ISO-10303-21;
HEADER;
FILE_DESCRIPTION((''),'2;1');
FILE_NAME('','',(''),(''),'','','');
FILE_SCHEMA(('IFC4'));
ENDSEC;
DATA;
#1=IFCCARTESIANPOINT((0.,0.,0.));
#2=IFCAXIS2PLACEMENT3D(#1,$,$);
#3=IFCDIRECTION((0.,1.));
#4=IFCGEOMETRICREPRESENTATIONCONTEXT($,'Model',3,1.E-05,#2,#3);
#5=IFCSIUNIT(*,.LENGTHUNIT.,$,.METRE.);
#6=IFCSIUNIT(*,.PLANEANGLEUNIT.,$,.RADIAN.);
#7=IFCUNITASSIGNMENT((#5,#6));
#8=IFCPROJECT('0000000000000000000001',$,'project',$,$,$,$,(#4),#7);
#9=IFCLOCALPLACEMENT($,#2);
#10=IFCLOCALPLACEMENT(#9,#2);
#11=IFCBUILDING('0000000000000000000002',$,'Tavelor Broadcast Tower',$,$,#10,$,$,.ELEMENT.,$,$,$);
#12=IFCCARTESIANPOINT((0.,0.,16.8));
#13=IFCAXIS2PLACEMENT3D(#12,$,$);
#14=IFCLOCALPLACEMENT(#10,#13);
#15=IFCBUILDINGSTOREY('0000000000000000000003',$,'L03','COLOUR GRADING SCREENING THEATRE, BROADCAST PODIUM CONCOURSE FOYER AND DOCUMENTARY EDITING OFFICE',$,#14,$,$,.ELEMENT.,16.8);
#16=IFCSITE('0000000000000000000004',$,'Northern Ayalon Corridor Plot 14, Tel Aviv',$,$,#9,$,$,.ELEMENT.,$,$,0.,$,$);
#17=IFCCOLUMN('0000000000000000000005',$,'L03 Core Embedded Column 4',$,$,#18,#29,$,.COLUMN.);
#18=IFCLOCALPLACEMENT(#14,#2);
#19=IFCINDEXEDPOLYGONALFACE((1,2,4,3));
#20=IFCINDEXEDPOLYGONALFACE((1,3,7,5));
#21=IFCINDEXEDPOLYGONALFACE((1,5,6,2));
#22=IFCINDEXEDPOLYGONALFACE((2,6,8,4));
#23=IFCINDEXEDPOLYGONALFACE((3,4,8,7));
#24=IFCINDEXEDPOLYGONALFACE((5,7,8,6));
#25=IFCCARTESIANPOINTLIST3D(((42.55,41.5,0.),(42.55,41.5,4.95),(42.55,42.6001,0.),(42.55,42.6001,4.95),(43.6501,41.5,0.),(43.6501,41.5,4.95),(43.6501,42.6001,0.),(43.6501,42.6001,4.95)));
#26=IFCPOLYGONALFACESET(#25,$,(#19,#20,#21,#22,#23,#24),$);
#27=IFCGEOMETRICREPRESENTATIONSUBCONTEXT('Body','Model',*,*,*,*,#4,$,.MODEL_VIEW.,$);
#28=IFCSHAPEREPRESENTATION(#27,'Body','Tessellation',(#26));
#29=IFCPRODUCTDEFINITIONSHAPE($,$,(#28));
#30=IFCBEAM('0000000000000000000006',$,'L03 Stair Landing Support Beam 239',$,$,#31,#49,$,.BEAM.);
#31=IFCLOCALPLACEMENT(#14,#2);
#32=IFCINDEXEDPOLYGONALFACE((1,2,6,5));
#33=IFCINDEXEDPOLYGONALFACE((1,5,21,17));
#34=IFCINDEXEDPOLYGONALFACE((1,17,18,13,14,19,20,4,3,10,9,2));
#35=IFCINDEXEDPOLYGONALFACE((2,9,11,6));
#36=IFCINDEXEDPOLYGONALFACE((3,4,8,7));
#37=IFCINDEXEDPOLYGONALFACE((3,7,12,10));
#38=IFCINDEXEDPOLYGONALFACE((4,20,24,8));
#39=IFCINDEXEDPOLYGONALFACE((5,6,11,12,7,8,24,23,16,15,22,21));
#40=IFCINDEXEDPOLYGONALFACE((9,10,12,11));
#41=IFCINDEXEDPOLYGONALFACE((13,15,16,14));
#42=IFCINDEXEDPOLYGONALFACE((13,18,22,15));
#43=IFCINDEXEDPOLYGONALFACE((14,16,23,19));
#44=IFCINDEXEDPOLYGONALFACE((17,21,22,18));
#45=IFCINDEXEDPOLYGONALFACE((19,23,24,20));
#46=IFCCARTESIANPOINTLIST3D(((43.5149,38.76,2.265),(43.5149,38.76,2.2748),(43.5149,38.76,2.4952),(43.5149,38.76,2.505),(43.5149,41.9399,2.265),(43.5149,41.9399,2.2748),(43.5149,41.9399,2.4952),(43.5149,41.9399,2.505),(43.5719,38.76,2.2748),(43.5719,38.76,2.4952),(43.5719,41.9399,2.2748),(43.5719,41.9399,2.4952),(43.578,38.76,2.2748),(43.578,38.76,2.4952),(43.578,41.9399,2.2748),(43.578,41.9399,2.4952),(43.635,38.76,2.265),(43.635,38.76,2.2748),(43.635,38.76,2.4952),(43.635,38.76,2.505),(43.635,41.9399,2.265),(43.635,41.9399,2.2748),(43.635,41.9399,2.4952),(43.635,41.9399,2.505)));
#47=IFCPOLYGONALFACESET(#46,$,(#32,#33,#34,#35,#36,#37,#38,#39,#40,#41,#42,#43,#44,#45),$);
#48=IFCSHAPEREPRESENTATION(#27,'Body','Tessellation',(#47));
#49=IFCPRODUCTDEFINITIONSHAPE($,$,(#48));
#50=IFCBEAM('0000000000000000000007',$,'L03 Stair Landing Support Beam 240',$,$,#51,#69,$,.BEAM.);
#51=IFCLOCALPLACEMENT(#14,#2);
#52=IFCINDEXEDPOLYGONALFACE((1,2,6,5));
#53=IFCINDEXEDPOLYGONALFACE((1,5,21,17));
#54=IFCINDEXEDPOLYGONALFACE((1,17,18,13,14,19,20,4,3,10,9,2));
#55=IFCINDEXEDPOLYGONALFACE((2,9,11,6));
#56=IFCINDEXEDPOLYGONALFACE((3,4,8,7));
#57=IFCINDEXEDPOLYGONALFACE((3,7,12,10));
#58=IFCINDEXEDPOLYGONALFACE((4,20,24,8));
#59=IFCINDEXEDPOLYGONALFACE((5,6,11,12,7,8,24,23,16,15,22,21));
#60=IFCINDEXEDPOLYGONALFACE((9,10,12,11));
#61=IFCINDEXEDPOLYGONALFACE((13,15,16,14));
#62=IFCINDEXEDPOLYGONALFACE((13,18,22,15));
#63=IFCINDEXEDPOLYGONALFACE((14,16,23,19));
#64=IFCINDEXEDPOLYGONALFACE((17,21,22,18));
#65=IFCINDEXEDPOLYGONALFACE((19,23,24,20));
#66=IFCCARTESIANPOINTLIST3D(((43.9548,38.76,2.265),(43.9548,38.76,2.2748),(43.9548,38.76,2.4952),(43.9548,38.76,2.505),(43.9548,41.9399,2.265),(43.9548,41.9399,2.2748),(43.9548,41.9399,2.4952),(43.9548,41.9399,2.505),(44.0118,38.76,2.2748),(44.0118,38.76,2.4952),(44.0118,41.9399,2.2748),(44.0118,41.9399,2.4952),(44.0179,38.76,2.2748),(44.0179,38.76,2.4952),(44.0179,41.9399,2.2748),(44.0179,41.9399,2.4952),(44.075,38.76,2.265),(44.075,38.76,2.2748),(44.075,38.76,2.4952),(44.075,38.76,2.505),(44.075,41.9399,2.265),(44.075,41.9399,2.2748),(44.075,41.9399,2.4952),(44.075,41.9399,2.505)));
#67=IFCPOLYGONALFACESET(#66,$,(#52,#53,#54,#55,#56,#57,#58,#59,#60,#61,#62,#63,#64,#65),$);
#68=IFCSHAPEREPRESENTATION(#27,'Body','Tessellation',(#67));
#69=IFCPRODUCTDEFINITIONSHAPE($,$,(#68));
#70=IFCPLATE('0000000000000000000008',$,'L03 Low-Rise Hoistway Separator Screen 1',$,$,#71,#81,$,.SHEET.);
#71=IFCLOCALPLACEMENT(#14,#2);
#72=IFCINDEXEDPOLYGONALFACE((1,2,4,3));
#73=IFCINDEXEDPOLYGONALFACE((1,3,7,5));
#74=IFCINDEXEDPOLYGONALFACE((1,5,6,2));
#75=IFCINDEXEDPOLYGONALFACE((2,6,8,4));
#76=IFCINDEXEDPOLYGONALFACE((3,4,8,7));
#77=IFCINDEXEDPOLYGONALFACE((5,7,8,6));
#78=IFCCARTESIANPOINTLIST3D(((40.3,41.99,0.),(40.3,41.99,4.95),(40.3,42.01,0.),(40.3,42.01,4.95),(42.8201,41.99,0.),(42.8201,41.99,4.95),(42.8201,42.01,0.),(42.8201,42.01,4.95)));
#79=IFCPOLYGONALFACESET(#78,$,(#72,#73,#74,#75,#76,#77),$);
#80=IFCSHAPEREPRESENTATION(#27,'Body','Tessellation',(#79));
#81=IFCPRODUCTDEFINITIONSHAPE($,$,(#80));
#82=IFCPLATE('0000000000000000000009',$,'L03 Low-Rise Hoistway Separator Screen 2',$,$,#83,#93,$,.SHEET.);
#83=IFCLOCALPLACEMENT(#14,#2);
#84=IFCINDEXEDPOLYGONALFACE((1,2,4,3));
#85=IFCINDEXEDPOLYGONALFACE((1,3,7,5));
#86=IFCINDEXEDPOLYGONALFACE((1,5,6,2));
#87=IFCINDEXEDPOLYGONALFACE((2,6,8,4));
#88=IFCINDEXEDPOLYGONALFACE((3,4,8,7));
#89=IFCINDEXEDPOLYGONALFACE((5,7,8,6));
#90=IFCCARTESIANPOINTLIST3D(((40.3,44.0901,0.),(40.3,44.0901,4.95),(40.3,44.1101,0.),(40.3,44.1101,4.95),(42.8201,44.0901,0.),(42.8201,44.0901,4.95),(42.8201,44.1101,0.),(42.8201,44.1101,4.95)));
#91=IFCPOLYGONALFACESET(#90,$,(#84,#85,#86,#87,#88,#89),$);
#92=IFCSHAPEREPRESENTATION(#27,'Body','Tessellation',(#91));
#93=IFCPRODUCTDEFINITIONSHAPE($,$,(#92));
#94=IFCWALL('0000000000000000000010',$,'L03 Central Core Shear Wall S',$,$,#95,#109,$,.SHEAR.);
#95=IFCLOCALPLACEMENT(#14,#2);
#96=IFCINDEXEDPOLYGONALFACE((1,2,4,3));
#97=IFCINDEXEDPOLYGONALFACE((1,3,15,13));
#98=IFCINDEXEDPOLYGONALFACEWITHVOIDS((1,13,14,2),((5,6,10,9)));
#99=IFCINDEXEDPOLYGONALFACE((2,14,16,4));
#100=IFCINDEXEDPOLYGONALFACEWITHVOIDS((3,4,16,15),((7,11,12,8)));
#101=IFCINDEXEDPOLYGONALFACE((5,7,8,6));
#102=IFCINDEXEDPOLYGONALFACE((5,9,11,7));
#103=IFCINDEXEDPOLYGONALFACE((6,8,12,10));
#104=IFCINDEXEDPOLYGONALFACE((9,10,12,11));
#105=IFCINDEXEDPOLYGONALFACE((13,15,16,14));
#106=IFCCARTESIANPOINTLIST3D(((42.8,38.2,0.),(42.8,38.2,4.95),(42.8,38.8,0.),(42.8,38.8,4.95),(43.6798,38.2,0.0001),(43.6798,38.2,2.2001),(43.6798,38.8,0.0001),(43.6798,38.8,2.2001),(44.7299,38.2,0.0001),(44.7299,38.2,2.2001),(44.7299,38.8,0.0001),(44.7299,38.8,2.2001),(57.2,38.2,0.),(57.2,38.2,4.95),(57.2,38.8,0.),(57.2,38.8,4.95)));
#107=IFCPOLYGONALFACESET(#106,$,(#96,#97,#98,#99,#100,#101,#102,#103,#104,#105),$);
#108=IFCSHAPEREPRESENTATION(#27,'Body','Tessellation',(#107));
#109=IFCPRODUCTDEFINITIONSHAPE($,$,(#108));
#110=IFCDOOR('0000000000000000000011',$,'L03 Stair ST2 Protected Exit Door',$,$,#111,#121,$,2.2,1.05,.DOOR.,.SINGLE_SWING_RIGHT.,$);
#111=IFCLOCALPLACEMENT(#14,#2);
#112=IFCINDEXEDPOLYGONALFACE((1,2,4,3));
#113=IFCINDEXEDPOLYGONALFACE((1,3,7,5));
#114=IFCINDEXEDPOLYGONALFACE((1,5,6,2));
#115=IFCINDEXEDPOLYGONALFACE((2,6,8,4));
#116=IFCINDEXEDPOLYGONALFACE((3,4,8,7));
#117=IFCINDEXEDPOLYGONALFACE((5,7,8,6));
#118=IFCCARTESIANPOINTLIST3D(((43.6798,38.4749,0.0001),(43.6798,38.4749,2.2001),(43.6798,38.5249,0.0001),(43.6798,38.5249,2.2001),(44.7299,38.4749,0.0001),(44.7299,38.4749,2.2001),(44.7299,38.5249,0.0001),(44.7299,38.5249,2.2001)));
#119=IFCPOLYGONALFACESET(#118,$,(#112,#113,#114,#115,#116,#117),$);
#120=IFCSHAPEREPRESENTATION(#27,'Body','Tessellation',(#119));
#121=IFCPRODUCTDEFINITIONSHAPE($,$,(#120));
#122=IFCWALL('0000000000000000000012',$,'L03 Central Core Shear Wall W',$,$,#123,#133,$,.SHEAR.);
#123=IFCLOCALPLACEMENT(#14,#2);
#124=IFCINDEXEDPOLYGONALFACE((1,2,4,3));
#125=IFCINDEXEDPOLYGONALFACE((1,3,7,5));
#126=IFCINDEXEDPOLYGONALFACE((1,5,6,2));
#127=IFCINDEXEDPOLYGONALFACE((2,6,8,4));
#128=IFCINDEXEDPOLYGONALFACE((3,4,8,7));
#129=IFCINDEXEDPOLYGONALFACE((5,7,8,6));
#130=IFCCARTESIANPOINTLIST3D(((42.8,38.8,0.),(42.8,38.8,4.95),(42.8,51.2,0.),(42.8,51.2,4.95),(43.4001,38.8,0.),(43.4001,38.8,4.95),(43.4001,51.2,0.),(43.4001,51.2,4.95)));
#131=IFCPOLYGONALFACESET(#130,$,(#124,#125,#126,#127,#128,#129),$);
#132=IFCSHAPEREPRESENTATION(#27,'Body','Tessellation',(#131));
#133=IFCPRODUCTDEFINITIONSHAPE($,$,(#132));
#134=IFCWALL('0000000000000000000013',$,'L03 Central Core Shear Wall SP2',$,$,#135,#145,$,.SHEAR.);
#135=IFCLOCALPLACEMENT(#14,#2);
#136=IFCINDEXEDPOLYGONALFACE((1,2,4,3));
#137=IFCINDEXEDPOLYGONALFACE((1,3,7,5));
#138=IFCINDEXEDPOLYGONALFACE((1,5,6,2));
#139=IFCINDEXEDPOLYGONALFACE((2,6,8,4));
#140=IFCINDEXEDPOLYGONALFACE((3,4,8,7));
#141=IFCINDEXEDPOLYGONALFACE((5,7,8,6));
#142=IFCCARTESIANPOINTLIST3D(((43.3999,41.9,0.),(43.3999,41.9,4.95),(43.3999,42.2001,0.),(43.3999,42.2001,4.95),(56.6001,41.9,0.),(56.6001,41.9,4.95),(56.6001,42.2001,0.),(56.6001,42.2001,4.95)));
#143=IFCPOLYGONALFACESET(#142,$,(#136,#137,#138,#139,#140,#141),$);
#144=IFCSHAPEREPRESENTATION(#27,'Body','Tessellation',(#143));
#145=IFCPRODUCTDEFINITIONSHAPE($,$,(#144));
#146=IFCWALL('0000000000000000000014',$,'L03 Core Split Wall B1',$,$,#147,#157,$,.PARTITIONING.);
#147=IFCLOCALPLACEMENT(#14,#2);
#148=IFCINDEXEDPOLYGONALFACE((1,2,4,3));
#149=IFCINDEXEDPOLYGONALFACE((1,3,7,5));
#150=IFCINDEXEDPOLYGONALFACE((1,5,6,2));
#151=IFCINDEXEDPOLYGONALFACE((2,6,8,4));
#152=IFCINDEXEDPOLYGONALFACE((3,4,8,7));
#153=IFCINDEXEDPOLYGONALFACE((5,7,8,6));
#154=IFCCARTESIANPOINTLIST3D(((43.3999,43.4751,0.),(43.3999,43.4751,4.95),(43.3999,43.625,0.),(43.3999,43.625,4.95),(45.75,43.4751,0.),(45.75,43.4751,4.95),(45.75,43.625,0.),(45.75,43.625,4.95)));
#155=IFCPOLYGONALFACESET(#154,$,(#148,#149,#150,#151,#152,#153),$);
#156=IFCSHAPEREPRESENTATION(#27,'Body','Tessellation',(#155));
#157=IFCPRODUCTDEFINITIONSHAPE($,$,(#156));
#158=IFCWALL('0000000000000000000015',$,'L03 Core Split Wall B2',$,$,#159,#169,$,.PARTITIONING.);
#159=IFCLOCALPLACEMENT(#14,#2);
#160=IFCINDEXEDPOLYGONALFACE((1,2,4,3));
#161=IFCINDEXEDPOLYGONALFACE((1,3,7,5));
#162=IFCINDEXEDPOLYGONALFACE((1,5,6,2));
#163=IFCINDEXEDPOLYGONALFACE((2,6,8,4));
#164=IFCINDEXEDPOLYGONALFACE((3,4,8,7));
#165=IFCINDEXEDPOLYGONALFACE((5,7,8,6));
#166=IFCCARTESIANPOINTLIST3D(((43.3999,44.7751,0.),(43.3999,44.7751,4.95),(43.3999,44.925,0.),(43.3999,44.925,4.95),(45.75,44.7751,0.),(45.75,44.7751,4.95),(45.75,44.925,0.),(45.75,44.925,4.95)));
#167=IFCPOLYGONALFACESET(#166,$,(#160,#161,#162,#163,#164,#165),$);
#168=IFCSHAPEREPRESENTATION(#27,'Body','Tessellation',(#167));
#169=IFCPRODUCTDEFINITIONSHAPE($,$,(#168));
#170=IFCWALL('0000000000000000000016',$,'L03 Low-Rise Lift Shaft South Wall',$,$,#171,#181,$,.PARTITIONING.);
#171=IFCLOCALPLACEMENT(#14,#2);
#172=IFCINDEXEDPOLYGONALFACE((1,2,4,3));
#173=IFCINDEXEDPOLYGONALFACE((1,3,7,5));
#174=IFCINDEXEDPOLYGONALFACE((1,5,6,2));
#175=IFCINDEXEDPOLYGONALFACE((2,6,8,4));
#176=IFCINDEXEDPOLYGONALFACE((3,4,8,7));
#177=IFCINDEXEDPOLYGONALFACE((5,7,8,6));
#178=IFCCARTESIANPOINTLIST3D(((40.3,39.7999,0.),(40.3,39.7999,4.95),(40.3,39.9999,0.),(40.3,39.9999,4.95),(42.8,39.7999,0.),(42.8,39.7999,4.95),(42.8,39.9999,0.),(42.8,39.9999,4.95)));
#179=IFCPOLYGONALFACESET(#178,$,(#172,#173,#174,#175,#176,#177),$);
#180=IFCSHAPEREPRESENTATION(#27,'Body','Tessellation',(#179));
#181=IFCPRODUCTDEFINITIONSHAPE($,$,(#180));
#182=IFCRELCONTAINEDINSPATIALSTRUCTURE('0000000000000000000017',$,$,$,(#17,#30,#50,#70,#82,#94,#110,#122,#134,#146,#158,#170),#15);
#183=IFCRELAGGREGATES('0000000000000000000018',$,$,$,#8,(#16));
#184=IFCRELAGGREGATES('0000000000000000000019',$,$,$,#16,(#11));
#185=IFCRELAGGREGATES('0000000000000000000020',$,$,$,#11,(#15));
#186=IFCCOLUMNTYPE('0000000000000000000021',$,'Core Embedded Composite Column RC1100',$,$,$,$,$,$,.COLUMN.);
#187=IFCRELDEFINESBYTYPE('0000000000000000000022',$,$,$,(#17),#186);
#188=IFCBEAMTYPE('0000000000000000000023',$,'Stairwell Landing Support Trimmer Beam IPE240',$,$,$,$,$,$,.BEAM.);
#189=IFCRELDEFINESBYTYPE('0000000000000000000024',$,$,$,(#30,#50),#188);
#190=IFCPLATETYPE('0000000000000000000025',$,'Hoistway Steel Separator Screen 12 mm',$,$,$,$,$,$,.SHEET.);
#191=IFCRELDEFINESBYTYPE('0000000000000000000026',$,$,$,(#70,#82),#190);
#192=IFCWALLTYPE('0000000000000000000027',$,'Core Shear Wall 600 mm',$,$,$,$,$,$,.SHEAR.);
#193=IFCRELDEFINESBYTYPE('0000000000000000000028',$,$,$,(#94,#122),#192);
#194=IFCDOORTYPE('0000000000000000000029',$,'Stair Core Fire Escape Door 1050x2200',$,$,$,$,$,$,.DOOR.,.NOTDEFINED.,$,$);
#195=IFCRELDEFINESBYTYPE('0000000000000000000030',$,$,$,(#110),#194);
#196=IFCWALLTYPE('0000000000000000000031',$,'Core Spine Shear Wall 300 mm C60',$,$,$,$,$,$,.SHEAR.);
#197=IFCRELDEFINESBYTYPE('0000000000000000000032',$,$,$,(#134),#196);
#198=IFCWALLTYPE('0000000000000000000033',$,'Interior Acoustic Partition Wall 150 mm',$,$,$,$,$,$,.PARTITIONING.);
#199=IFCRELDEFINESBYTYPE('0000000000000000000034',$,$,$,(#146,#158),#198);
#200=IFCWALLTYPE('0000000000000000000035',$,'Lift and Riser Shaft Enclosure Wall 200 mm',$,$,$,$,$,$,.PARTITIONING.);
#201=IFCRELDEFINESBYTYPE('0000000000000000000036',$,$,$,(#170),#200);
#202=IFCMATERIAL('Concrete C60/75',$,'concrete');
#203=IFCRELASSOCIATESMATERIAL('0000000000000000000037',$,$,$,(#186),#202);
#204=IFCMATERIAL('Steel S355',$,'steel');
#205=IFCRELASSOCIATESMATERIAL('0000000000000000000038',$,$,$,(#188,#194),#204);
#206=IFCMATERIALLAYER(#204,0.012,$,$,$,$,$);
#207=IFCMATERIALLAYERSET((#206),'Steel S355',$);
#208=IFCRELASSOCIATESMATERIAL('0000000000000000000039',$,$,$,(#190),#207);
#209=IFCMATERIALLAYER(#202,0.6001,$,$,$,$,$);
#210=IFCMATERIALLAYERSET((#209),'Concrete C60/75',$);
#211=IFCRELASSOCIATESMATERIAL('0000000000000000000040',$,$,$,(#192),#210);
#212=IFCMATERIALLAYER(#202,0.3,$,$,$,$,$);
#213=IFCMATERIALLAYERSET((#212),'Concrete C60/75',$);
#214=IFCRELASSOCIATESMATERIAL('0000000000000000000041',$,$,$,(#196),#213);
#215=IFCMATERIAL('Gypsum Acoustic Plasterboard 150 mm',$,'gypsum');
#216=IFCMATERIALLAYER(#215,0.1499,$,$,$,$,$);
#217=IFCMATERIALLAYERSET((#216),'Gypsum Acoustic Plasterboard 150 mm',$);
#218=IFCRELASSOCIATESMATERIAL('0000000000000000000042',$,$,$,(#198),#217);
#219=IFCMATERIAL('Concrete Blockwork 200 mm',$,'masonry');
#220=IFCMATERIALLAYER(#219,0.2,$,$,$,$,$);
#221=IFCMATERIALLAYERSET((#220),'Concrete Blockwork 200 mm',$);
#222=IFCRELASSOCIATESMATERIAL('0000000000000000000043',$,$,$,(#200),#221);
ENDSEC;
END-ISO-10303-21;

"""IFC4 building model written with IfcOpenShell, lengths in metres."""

from ifc_helpers import new_model, si_unit, direction, frame, frame_2d, origin, origin_2d, place, context, subcontext, project, spatial, rectangle, i_section, extrude, source, transform, mapped, material, layer, layer_set, material_profile, profile_set, type_object, type_shapes, element, fill, save


model = new_model("IFC4")

# Units and contexts
model_context = context("Model", 3, precision=1e-05, world=origin(), true_north=direction((0.0, 1.0)))
body_context = subcontext(model_context, "Body", "Model", "MODEL_VIEW")
ifc_project = project(units=[si_unit("LENGTHUNIT", "METRE"), si_unit("PLANEANGLEUNIT", "RADIAN")], contexts=[model_context])

# Site, building, storey
site_placement = place(None, origin())
site = spatial("IfcSite", under=ifc_project, at=site_placement, Name="Northern Ayalon Corridor Plot 14, Tel Aviv", CompositionType="ELEMENT", RefElevation=0.0)
building_placement = place(site_placement, origin())
building = spatial("IfcBuilding", under=site, at=building_placement, Name="Tavelor Broadcast Tower", CompositionType="ELEMENT")
storey_placement = place(building_placement, frame((0.0, 0.0, 16.8)))
storey = spatial("IfcBuildingStorey", under=building, at=storey_placement, Name="L03", Description="COLOUR GRADING SCREENING THEATRE, BROADCAST PODIUM CONCOURSE FOYER AND DOCUMENTARY EDITING OFFICE", CompositionType="ELEMENT", Elevation=16.8)

# Column
ifc_material_1 = material(Name="Concrete C60/75", Category="concrete")
ifc_material_profile_1 = material_profile(ifc_material_1, rectangle(XDim=1.1001, YDim=1.1001, at=origin_2d()), Name="RC 1100x1100")
ifc_profile_set_1 = profile_set([ifc_material_profile_1], Name="Concrete C60/75")
column_type = type_object("IfcColumnType", Name="Core Embedded Composite Column RC1100", PredefinedType="COLUMN", material=ifc_profile_set_1)
column_placement = place(storey_placement, frame((43.1001, 42.05, 0.0), z_axis=(0.0, 0.0, 1.0), x_axis=(1.0, 0.0, 0.0)))
element("IfcColumn", 1, at=column_placement, inside=storey, type_object=column_type, Name="L03 Core Embedded Column 4", PredefinedType="COLUMN", context=body_context, shape_type="SweptSolid", body=[
    extrude(rectangle(XDim=1.1001, YDim=1.1001, at=origin_2d()), origin(), (0.0, 0.0, 1.0), 4.95),
])

# Beams
ifc_material_2 = material(Name="Steel S355", Category="steel")
ifc_material_profile_2 = material_profile(ifc_material_2, i_section(OverallWidth=0.1201, OverallDepth=0.24, WebThickness=0.0061, FlangeThickness=0.0098, at=origin_2d()), Name="IPE 240")
ifc_profile_set_2 = profile_set([ifc_material_profile_2], Name="Steel S355")
beam_type = type_object("IfcBeamType", Name="Stairwell Landing Support Trimmer Beam IPE240", PredefinedType="BEAM", material=ifc_profile_set_2)
for number, where, z_axis, x_axis, name in (
    (2, (43.575, 38.76, 2.385), (0.0, 1.0, 0.0), (-1.0, 0.0, 0.0), "L03 Stair Landing Support Beam 239"),
    (3, (44.0149, 38.76, 2.385), (0.0, 1.0, 0.0), (-1.0, 0.0, 0.0), "L03 Stair Landing Support Beam 240"),
):
    element("IfcBeam", number, at=place(storey_placement, frame(where, z_axis=z_axis, x_axis=x_axis)), inside=storey, type_object=beam_type, Name=name, PredefinedType="BEAM", context=body_context, shape_type="SweptSolid", body=[
        extrude(i_section(OverallWidth=0.1201, OverallDepth=0.24, WebThickness=0.0061, FlangeThickness=0.0098, at=origin_2d()), origin(), (0.0, 0.0, 1.0), 3.1799),
    ])

# Plates
ifc_layer_1 = layer(ifc_material_2, 0.012)
ifc_layer_set_1 = layer_set([ifc_layer_1], Name="Steel S355")
plate_type = type_object("IfcPlateType", Name="Hoistway Steel Separator Screen 12 mm", PredefinedType="SHEET", material=ifc_layer_set_1)
shared_shape = source(origin(), body_context, "Body", "SweptSolid", [
    extrude(rectangle(XDim=2.52, YDim=0.02, at=origin_2d()), origin(), (0.0, 0.0, 1.0), 4.95),
])
type_shapes(plate_type, [shared_shape])
for number, where, z_axis, x_axis, name in (
    (4, (41.5601, 42.0, 0.0), (0.0, 0.0, 1.0), (1.0, 0.0, 0.0), "L03 Low-Rise Hoistway Separator Screen 1"),
    (5, (41.5601, 44.1001, 0.0), (0.0, 0.0, 1.0), (1.0, 0.0, 0.0), "L03 Low-Rise Hoistway Separator Screen 2"),
):
    element("IfcPlate", number, at=place(storey_placement, frame(where, z_axis=z_axis, x_axis=x_axis)), inside=storey, type_object=plate_type, Name=name, PredefinedType="SHEET", context=body_context, shape_type="MappedRepresentation", body=[
        mapped(shared_shape, transform((0.0, 0.0, 0.0), scale=1.0)),
    ])

# Wall, opening, door
ifc_layer_2 = layer(ifc_material_1, 0.6001)
ifc_layer_set_2 = layer_set([ifc_layer_2], Name="Concrete C60/75")
wall_type_1 = type_object("IfcWallType", Name="Core Shear Wall 600 mm", PredefinedType="SHEAR", material=ifc_layer_set_2)
wall_1_placement = place(storey_placement, frame((42.8, 38.5, 0.0), z_axis=(0.0, 0.0, 1.0), x_axis=(1.0, 0.0, 0.0)))
wall_1 = element("IfcWall", 6, at=wall_1_placement, inside=storey, type_object=wall_type_1, Name="L03 Central Core Shear Wall S", PredefinedType="SHEAR", context=body_context, shape_type="SweptSolid", body=[
    extrude(rectangle(XDim=14.3999, YDim=0.6001, at=frame_2d((7.2, 0.0))), origin(), (0.0, 0.0, 1.0), 4.95),
])
opening_1_placement = place(wall_1_placement, frame((0.8799, 0.0, 0.0)))
opening_1 = element("IfcOpeningElement", 7, at=opening_1_placement, cuts=wall_1, PredefinedType="OPENING", context=body_context, shape_type="SweptSolid", body=[
    extrude(rectangle(XDim=1.05, YDim=2.2, at=frame_2d((0.5249, 1.1001))), frame((0.0, 0.3101, 0.0), z_axis=(0.0, -1.0, 0.0), x_axis=(1.0, 0.0, 0.0)), (0.0, 0.0, 1.0), 0.6201),
])
door_type_1 = type_object("IfcDoorType", Name="Stair Core Fire Escape Door 1050x2200", OperationType="NOTDEFINED", PredefinedType="DOOR", material=ifc_material_2)
door_1_placement = place(opening_1_placement, origin())
door_1 = element("IfcDoor", 8, at=door_1_placement, inside=storey, type_object=door_type_1, Name="L03 Stair ST2 Protected Exit Door", OperationType="SINGLE_SWING_RIGHT", OverallHeight=2.2, OverallWidth=1.05, PredefinedType="DOOR", context=body_context, shape_type="SweptSolid", body=[
    extrude(rectangle(XDim=1.05, YDim=2.2, at=frame_2d((0.5249, 1.1001))), frame((0.0, 0.0249, 0.0), z_axis=(0.0, -1.0, 0.0), x_axis=(1.0, 0.0, 0.0)), (0.0, 0.0, 1.0), 0.05),
])
fill(opening_1, door_1)

# Walls
wall_2_placement = place(storey_placement, frame((43.1001, 38.8, 0.0), z_axis=(0.0, 0.0, 1.0), x_axis=(0.0, 1.0, 0.0)))
element("IfcWall", 9, at=wall_2_placement, inside=storey, type_object=wall_type_1, Name="L03 Central Core Shear Wall W", PredefinedType="SHEAR", context=body_context, shape_type="SweptSolid", body=[
    extrude(rectangle(XDim=12.3999, YDim=0.6001, at=frame_2d((6.2, 0.0))), origin(), (0.0, 0.0, 1.0), 4.95),
])
ifc_layer_3 = layer(ifc_material_1, 0.3)
ifc_layer_set_3 = layer_set([ifc_layer_3], Name="Concrete C60/75")
wall_type_2 = type_object("IfcWallType", Name="Core Spine Shear Wall 300 mm C60", PredefinedType="SHEAR", material=ifc_layer_set_3)
wall_3_placement = place(storey_placement, frame((43.3999, 42.05, 0.0), z_axis=(0.0, 0.0, 1.0), x_axis=(1.0, 0.0, 0.0)))
element("IfcWall", 10, at=wall_3_placement, inside=storey, type_object=wall_type_2, Name="L03 Central Core Shear Wall SP2", PredefinedType="SHEAR", context=body_context, shape_type="SweptSolid", body=[
    extrude(rectangle(XDim=13.2002, YDim=0.3, at=frame_2d((6.6001, 0.0))), origin(), (0.0, 0.0, 1.0), 4.95),
])
ifc_material_3 = material(Name="Gypsum Acoustic Plasterboard 150 mm", Category="gypsum")
ifc_layer_4 = layer(ifc_material_3, 0.1499)
ifc_layer_set_4 = layer_set([ifc_layer_4], Name="Gypsum Acoustic Plasterboard 150 mm")
wall_type_3 = type_object("IfcWallType", Name="Interior Acoustic Partition Wall 150 mm", PredefinedType="PARTITIONING", material=ifc_layer_set_4)
for number, where, z_axis, x_axis, name in (
    (11, (43.3999, 43.55, 0.0), (0.0, 0.0, 1.0), (1.0, 0.0, 0.0), "L03 Core Split Wall B1"),
    (12, (43.3999, 44.8501, 0.0), (0.0, 0.0, 1.0), (1.0, 0.0, 0.0), "L03 Core Split Wall B2"),
):
    element("IfcWall", number, at=place(storey_placement, frame(where, z_axis=z_axis, x_axis=x_axis)), inside=storey, type_object=wall_type_3, Name=name, PredefinedType="PARTITIONING", context=body_context, shape_type="SweptSolid", body=[
        extrude(rectangle(XDim=2.3501, YDim=0.1499, at=frame_2d((1.175, 0.0))), origin(), (0.0, 0.0, 1.0), 4.95),
    ])

# Shared definitions
ifc_material_4 = material(Name="Concrete Blockwork 200 mm", Category="masonry")

# Wall
ifc_layer_5 = layer(ifc_material_4, 0.2)
ifc_layer_set_5 = layer_set([ifc_layer_5], Name="Concrete Blockwork 200 mm")
wall_type_4 = type_object("IfcWallType", Name="Lift and Riser Shaft Enclosure Wall 200 mm", PredefinedType="PARTITIONING", material=ifc_layer_set_5)
wall_4_placement = place(storey_placement, frame((40.3, 39.8999, 0.0), z_axis=(0.0, 0.0, 1.0), x_axis=(1.0, 0.0, 0.0)))
element("IfcWall", 13, at=wall_4_placement, inside=storey, type_object=wall_type_4, Name="L03 Low-Rise Lift Shaft South Wall", PredefinedType="PARTITIONING", context=body_context, shape_type="SweptSolid", body=[
    extrude(rectangle(XDim=2.5, YDim=0.2, at=frame_2d((1.25, 0.0))), origin(), (0.0, 0.0, 1.0), 4.95),
])

save(model, "model.ifc")
